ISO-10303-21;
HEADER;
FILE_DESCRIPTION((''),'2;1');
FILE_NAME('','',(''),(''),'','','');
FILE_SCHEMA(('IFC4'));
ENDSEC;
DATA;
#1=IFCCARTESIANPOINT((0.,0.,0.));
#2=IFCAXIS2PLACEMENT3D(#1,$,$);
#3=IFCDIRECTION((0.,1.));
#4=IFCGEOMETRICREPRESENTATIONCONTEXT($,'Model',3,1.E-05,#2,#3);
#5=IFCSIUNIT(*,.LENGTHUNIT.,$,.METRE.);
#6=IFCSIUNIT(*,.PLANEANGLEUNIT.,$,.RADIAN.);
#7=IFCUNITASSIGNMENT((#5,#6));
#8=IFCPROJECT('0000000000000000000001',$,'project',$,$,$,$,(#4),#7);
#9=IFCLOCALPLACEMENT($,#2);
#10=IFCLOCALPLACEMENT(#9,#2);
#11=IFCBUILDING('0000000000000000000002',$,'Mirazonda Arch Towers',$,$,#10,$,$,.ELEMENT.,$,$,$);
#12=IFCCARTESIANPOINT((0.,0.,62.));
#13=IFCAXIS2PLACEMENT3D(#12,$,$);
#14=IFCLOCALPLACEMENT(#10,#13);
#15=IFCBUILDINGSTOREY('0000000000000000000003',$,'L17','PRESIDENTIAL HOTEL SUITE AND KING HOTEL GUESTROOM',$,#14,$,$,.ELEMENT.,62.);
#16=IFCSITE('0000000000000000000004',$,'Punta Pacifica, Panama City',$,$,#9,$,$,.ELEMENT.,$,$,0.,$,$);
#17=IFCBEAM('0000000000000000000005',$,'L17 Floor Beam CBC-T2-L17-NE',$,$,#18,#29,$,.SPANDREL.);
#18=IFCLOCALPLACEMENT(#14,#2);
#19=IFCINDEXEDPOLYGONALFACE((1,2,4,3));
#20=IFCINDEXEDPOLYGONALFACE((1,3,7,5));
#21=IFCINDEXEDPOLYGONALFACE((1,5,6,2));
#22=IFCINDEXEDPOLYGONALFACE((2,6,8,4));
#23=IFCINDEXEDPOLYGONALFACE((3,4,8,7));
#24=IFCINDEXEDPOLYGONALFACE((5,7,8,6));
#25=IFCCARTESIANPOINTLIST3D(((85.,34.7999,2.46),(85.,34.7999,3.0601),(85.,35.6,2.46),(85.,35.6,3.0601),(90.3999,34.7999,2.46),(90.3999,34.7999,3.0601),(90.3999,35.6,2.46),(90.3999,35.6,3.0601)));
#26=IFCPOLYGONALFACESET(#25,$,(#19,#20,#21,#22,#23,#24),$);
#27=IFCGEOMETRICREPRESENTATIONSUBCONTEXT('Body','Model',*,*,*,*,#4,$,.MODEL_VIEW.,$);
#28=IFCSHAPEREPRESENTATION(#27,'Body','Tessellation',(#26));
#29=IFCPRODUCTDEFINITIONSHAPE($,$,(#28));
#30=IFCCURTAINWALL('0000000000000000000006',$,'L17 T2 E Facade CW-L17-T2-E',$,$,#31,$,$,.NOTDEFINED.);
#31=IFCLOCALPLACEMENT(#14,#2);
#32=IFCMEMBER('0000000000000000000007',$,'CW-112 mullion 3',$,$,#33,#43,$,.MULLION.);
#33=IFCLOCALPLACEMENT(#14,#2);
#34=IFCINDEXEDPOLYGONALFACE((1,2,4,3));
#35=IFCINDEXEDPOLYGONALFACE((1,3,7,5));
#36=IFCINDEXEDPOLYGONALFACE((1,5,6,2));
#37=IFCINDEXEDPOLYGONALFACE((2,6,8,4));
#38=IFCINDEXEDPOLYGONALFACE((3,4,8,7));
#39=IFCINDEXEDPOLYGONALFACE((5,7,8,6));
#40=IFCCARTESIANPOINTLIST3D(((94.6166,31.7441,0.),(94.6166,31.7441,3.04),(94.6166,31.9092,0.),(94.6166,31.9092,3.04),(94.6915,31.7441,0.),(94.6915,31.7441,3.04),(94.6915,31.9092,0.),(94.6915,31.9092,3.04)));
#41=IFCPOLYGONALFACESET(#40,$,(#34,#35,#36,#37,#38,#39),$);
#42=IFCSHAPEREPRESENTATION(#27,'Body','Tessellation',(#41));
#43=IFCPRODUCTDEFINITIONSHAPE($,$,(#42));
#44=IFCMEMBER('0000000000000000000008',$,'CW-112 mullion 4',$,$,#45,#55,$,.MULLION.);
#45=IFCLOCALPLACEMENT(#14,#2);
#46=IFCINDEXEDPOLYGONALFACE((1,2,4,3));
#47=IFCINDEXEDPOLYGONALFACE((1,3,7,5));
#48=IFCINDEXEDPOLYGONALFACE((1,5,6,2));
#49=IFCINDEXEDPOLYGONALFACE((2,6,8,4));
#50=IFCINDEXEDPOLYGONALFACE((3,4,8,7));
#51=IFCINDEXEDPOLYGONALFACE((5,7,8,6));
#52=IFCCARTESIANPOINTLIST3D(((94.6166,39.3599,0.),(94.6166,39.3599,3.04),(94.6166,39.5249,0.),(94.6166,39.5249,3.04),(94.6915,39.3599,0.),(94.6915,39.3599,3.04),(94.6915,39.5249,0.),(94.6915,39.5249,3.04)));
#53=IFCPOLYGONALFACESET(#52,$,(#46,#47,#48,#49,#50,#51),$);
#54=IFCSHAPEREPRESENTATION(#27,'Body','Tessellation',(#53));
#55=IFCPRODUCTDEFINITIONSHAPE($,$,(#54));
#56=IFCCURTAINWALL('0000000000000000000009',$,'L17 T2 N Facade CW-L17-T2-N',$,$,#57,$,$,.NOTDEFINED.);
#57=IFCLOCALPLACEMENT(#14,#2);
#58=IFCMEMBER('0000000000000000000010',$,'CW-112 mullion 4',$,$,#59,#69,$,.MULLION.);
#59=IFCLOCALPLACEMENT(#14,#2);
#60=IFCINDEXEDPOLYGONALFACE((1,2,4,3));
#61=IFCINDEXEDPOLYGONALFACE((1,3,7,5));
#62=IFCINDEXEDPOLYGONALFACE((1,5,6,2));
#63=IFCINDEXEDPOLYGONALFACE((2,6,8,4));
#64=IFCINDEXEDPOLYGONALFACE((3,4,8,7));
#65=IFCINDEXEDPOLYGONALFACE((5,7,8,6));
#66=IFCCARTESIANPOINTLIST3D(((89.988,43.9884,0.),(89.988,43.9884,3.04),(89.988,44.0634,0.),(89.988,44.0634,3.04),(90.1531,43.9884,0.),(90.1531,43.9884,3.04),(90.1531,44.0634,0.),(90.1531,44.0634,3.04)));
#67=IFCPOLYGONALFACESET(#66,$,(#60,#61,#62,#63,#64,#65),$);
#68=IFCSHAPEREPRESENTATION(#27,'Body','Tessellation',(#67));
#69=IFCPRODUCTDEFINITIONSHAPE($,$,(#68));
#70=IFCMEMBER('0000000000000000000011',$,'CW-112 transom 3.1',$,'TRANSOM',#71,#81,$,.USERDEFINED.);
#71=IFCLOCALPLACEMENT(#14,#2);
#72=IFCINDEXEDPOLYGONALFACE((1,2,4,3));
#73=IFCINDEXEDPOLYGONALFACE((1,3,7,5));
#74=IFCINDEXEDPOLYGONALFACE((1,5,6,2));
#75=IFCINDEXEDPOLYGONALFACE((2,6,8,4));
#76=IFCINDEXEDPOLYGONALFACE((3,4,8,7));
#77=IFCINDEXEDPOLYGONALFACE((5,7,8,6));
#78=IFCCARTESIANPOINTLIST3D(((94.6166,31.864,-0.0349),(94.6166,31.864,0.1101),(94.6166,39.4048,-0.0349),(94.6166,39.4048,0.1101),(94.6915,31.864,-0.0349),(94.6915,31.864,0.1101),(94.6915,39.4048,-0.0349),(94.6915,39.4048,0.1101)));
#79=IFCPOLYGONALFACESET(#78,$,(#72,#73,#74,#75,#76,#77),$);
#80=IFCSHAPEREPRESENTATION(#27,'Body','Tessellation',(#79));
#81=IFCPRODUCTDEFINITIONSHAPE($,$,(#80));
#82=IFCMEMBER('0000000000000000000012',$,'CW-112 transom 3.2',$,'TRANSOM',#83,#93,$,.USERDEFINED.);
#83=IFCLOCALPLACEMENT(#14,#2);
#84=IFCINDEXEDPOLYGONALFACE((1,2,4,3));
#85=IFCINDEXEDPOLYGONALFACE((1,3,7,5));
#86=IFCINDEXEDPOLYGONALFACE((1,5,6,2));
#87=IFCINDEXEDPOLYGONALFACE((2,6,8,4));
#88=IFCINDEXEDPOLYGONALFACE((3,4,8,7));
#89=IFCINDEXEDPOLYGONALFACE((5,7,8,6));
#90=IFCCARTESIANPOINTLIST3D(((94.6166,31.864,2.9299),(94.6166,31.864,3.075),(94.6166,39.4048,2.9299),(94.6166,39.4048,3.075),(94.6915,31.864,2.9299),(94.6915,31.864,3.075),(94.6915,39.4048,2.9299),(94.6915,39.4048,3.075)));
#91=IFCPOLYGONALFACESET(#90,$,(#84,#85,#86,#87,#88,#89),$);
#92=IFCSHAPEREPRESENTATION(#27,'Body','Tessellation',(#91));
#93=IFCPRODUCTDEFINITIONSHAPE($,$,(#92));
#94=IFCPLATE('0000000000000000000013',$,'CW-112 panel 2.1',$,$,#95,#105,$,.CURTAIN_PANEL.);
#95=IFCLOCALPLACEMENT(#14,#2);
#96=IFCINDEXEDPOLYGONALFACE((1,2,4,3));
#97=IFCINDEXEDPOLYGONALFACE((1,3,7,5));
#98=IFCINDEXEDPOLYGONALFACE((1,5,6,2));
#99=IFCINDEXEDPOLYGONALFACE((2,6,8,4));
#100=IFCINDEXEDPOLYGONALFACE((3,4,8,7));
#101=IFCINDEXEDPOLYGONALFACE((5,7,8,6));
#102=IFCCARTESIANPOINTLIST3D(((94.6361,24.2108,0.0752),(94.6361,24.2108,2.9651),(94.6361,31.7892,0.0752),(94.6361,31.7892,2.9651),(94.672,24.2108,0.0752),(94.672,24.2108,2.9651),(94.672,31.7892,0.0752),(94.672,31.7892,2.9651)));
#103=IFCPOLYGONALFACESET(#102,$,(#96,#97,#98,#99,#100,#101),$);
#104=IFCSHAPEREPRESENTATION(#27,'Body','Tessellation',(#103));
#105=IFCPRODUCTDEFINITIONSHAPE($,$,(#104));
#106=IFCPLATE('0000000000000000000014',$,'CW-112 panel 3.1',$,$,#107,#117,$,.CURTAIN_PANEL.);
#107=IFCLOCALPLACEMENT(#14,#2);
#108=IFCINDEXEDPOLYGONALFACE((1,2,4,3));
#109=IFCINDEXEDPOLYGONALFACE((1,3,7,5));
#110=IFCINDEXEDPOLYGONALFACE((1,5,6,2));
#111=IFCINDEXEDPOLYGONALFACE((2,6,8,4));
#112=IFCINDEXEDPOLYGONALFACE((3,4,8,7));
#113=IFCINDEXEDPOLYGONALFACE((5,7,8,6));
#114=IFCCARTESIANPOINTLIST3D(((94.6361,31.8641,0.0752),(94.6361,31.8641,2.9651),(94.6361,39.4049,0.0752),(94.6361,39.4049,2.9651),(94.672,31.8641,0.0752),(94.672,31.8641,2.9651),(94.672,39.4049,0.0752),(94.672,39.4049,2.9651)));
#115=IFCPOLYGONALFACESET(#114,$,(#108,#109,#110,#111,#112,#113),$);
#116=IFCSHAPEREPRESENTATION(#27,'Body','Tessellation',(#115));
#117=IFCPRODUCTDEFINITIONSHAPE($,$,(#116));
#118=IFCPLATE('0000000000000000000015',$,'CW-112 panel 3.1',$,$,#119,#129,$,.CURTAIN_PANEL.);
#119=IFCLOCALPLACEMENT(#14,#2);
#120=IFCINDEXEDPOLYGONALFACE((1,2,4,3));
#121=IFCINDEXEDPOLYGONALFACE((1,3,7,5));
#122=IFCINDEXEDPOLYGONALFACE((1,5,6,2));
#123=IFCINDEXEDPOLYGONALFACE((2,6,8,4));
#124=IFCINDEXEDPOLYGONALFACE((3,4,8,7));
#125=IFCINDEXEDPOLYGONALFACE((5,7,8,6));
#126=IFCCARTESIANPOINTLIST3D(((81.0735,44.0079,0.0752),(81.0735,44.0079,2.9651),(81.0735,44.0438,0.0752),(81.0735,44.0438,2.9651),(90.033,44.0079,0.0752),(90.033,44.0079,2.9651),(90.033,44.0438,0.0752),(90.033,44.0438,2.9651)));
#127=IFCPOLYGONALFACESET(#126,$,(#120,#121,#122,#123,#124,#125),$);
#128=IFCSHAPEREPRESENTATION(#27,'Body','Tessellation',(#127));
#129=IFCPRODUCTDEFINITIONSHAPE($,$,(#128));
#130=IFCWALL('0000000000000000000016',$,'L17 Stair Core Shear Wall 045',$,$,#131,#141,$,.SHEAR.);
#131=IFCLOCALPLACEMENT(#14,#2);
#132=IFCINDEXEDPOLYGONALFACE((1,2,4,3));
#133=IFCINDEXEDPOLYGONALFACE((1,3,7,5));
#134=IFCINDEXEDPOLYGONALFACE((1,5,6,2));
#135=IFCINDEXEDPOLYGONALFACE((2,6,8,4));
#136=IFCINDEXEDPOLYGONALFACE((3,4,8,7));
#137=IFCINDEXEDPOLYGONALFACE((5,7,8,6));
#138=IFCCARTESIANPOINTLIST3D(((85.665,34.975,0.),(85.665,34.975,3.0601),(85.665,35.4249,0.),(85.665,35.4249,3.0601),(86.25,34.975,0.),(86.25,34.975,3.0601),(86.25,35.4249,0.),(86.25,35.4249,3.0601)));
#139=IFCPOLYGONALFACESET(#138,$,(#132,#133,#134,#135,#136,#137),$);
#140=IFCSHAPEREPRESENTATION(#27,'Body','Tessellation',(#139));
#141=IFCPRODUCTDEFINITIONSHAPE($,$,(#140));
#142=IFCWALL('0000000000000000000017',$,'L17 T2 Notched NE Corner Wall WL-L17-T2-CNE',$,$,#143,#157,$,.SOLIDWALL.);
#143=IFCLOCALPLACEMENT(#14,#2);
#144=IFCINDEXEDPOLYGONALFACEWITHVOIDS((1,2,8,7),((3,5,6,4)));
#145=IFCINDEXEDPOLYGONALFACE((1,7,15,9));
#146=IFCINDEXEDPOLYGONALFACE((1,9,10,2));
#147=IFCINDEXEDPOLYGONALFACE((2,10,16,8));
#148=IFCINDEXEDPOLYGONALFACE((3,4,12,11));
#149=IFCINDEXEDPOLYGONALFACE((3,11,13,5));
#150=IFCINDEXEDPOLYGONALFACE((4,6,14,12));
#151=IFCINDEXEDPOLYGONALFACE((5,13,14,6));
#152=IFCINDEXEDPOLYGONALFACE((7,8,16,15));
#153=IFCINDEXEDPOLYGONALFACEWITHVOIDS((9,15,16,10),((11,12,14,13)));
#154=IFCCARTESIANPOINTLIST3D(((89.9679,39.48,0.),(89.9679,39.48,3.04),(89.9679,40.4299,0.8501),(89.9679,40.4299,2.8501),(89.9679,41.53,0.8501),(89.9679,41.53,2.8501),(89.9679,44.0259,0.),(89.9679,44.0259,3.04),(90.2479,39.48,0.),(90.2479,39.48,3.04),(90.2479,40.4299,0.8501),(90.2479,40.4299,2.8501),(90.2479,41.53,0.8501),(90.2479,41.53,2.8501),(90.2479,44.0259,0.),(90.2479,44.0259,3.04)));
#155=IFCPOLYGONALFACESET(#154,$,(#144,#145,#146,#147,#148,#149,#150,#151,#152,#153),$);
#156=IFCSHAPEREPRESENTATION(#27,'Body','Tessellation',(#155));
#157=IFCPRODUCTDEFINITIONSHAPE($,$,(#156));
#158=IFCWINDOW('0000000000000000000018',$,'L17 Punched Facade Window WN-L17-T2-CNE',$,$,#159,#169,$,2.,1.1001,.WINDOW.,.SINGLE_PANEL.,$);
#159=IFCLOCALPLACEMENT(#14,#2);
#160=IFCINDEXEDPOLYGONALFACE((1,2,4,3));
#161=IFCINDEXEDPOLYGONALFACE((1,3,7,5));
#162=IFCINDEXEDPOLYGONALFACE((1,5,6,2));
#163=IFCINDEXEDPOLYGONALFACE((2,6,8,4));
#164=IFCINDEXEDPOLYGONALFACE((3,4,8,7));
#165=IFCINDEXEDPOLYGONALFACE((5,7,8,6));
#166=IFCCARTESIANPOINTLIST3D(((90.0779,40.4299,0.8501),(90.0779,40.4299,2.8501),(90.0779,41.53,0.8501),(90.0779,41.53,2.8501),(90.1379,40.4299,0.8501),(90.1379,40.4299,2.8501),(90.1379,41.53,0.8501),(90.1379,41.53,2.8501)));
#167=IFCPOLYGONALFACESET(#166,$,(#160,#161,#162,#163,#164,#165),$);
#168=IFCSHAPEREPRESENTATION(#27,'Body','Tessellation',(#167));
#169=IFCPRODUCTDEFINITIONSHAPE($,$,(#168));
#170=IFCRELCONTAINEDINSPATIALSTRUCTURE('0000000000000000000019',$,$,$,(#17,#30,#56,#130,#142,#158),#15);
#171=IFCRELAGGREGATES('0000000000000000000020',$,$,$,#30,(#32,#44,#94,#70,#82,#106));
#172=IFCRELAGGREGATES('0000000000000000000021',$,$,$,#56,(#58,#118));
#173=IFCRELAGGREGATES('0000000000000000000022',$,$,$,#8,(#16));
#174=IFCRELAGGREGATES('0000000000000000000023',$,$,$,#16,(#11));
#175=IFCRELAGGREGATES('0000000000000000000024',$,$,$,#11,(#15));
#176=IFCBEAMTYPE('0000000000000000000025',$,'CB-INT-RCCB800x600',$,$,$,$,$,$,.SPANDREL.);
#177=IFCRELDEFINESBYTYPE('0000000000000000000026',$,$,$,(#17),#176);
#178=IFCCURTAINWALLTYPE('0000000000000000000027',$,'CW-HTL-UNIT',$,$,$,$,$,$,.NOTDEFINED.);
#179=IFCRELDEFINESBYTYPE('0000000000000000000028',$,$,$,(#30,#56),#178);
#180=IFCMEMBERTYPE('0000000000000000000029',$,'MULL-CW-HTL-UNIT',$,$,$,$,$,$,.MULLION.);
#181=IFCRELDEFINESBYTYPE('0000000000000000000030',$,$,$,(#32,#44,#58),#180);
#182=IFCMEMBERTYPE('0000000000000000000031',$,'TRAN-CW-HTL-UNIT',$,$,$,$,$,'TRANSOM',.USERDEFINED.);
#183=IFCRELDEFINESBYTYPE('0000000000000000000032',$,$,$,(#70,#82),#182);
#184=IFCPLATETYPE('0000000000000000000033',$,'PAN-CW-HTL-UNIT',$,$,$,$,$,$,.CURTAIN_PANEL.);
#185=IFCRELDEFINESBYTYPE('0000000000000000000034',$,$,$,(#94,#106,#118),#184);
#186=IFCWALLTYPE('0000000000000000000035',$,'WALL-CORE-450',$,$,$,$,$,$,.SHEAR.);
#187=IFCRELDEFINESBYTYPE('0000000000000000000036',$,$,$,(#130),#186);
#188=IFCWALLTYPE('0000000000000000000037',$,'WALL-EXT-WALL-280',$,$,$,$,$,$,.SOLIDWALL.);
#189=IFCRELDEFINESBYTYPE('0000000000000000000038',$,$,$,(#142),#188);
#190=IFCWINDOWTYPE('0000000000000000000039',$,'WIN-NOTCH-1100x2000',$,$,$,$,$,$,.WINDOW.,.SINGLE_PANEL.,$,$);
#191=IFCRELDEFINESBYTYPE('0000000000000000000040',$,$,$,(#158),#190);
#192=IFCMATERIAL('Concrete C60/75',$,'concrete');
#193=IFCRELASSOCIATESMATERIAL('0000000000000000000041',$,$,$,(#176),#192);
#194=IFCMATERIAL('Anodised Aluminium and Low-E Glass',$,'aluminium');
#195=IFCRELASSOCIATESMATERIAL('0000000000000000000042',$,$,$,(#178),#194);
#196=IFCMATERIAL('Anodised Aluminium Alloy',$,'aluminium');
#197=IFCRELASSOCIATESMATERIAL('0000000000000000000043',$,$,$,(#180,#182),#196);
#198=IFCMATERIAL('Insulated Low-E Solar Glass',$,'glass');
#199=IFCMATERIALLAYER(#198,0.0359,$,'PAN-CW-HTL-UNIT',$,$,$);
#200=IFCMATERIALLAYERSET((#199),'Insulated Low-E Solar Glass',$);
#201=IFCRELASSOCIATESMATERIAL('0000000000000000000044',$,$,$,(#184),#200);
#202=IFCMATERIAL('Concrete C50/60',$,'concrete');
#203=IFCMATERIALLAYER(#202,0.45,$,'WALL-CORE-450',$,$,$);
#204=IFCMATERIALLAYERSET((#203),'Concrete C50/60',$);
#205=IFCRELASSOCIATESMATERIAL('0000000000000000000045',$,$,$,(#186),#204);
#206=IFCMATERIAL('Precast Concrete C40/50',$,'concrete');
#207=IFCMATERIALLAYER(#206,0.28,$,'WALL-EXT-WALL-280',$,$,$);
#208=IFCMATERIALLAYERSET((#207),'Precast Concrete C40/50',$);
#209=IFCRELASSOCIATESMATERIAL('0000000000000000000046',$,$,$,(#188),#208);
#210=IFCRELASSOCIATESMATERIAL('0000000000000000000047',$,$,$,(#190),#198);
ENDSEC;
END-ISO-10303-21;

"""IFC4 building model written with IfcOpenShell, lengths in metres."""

from ifc_helpers import new_model, si_unit, direction, frame, frame_2d, origin, origin_2d, place, context, subcontext, project, spatial, rectangle, extrude, material, layer, layer_set, material_profile, profile_set, type_object, element, fill, aggregate, save


model = new_model("IFC4")

# Units and contexts
model_context = context("Model", 3, precision=1e-05, world=origin(), true_north=direction((0.0, 1.0)))
body_context = subcontext(model_context, "Body", "Model", "MODEL_VIEW")
ifc_project = project(units=[si_unit("LENGTHUNIT", "METRE"), si_unit("PLANEANGLEUNIT", "RADIAN")], contexts=[model_context])

# Site, building, storey
site_placement = place(None, origin())
site = spatial("IfcSite", under=ifc_project, at=site_placement, Name="Punta Pacifica, Panama City", CompositionType="ELEMENT", RefElevation=0.0)
building_placement = place(site_placement, origin())
building = spatial("IfcBuilding", under=site, at=building_placement, Name="Mirazonda Arch Towers", CompositionType="ELEMENT")
storey_placement = place(building_placement, frame((0.0, 0.0, 62.0)))
storey = spatial("IfcBuildingStorey", under=building, at=storey_placement, Name="L17", Description="PRESIDENTIAL HOTEL SUITE AND KING HOTEL GUESTROOM", CompositionType="ELEMENT", Elevation=62.0)

# Shared definitions
ifc_material_1 = material(Name="Concrete C60/75", Category="concrete")

# Beam
ifc_material_profile_1 = material_profile(ifc_material_1, rectangle(XDim=0.8, YDim=0.6001, at=origin_2d()), Name="RCCB800x600")
ifc_profile_set_1 = profile_set([ifc_material_profile_1], Name="Concrete C60/75")
beam_type_1 = type_object("IfcBeamType", Name="CB-INT-RCCB800x600", PredefinedType="SPANDREL", material=ifc_profile_set_1)
beam_1_placement = place(storey_placement, frame((85.0, 35.2, 2.76), z_axis=(1.0, 0.0, 0.0), x_axis=(0.0, 1.0, 0.0)))
element("IfcBeam", 1, at=beam_1_placement, inside=storey, type_object=beam_type_1, Name="L17 Floor Beam CBC-T2-L17-NE", PredefinedType="SPANDREL", context=body_context, shape_type="SweptSolid", body=[
    extrude(rectangle(XDim=0.8, YDim=0.6001, at=origin_2d()), origin(), (0.0, 0.0, 1.0), 5.3999),
])

# Curtain wall, members
ifc_material_2 = material(Name="Anodised Aluminium and Low-E Glass", Category="aluminium")
curtain_wall_type = type_object("IfcCurtainWallType", Name="CW-HTL-UNIT", PredefinedType="NOTDEFINED", material=ifc_material_2)
curtain_wall_1_placement = place(storey_placement, origin())
curtain_wall_1 = element("IfcCurtainWall", 2, at=curtain_wall_1_placement, inside=storey, type_object=curtain_wall_type, Name="L17 T2 E Facade CW-L17-T2-E", PredefinedType="NOTDEFINED")
ifc_material_3 = material(Name="Anodised Aluminium Alloy", Category="aluminium")
ifc_material_profile_2 = material_profile(ifc_material_3, rectangle(XDim=0.075, YDim=0.165, at=origin_2d()), Name="ALU-MULL-75x165")
ifc_profile_set_2 = profile_set([ifc_material_profile_2], Name="Anodised Aluminium Alloy")
member_type_1 = type_object("IfcMemberType", Name="MULL-CW-HTL-UNIT", PredefinedType="MULLION", material=ifc_profile_set_2)
member_1_placement = place(storey_placement, frame((94.6541, 31.8267, 0.0), z_axis=(0.0, 0.0, 1.0), x_axis=(-1.0, 0.0, 0.0)))
member_1 = element("IfcMember", 3, at=member_1_placement, type_object=member_type_1, Name="CW-112 mullion 3", PredefinedType="MULLION", context=body_context, shape_type="SweptSolid", body=[
    extrude(rectangle(XDim=0.075, YDim=0.165, at=origin_2d()), origin(), (0.0, 0.0, 1.0), 3.04),
])
member_2_placement = place(storey_placement, frame((94.6541, 39.4424, 0.0), z_axis=(0.0, 0.0, 1.0), x_axis=(-1.0, 0.0, 0.0)))
member_2 = element("IfcMember", 4, at=member_2_placement, type_object=member_type_1, Name="CW-112 mullion 4", PredefinedType="MULLION", context=body_context, shape_type="SweptSolid", body=[
    extrude(rectangle(XDim=0.075, YDim=0.165, at=origin_2d()), origin(), (0.0, 0.0, 1.0), 3.04),
])

# Curtain wall, member
curtain_wall_2_placement = place(storey_placement, origin())
curtain_wall_2 = element("IfcCurtainWall", 5, at=curtain_wall_2_placement, inside=storey, type_object=curtain_wall_type, Name="L17 T2 N Facade CW-L17-T2-N", PredefinedType="NOTDEFINED")
member_3_placement = place(storey_placement, frame((90.0706, 44.0259, 0.0), z_axis=(0.0, 0.0, 1.0), x_axis=(0.0, 1.0, 0.0)))
member_3 = element("IfcMember", 6, at=member_3_placement, type_object=member_type_1, Name="CW-112 mullion 4", PredefinedType="MULLION", context=body_context, shape_type="SweptSolid", body=[
    extrude(rectangle(XDim=0.075, YDim=0.165, at=origin_2d()), origin(), (0.0, 0.0, 1.0), 3.04),
])

# Members
ifc_material_profile_3 = material_profile(ifc_material_3, rectangle(XDim=0.075, YDim=0.145, at=origin_2d()), Name="ALU-TRAN-75x145")
ifc_profile_set_3 = profile_set([ifc_material_profile_3], Name="Anodised Aluminium Alloy")
member_type_2 = type_object("IfcMemberType", Name="TRAN-CW-HTL-UNIT", ElementType="TRANSOM", PredefinedType="USERDEFINED", material=ifc_profile_set_3)
member_4_placement = place(storey_placement, frame((94.6541, 31.864, 0.0376), z_axis=(0.0, 1.0, 0.0), x_axis=(-1.0, 0.0, 0.0)))
member_4 = element("IfcMember", 7, at=member_4_placement, type_object=member_type_2, Name="CW-112 transom 3.1", ObjectType="TRANSOM", PredefinedType="USERDEFINED", context=body_context, shape_type="SweptSolid", body=[
    extrude(rectangle(XDim=0.075, YDim=0.145, at=origin_2d()), origin(), (0.0, 0.0, 1.0), 7.5408),
])
member_5_placement = place(storey_placement, frame((94.6541, 31.864, 3.0024), z_axis=(0.0, 1.0, 0.0), x_axis=(-1.0, 0.0, 0.0)))
member_5 = element("IfcMember", 8, at=member_5_placement, type_object=member_type_2, Name="CW-112 transom 3.2", ObjectType="TRANSOM", PredefinedType="USERDEFINED", context=body_context, shape_type="SweptSolid", body=[
    extrude(rectangle(XDim=0.075, YDim=0.145, at=origin_2d()), origin(), (0.0, 0.0, 1.0), 7.5408),
])

# Plates
ifc_material_4 = material(Name="Insulated Low-E Solar Glass", Category="glass")
ifc_layer_1 = layer(ifc_material_4, 0.0359, Name="PAN-CW-HTL-UNIT")
ifc_layer_set_1 = layer_set([ifc_layer_1], Name="Insulated Low-E Solar Glass")
plate_type = type_object("IfcPlateType", Name="PAN-CW-HTL-UNIT", PredefinedType="CURTAIN_PANEL", material=ifc_layer_set_1)
plate_1_placement = place(storey_placement, frame((94.6541, 28.0, 0.0752), z_axis=(0.0, 0.0, 1.0), x_axis=(0.0, 1.0, 0.0)))
plate_1 = element("IfcPlate", 9, at=plate_1_placement, type_object=plate_type, Name="CW-112 panel 2.1", PredefinedType="CURTAIN_PANEL", context=body_context, shape_type="SweptSolid", body=[
    extrude(rectangle(XDim=7.5784, YDim=0.0359, at=origin_2d()), origin(), (0.0, 0.0, 1.0), 2.8899),
])
plate_2_placement = place(storey_placement, frame((94.6541, 35.6345, 0.0752), z_axis=(0.0, 0.0, 1.0), x_axis=(0.0, 1.0, 0.0)))
plate_2 = element("IfcPlate", 10, at=plate_2_placement, type_object=plate_type, Name="CW-112 panel 3.1", PredefinedType="CURTAIN_PANEL", context=body_context, shape_type="SweptSolid", body=[
    extrude(rectangle(XDim=7.5408, YDim=0.0359, at=origin_2d()), origin(), (0.0, 0.0, 1.0), 2.8899),
])
aggregate(curtain_wall_1, [member_1, member_2, plate_1, member_4, member_5, plate_2])
plate_3_placement = place(storey_placement, frame((85.5532, 44.0259, 0.0752), z_axis=(0.0, 0.0, 1.0), x_axis=(1.0, 0.0, 0.0)))
plate_3 = element("IfcPlate", 11, at=plate_3_placement, type_object=plate_type, Name="CW-112 panel 3.1", PredefinedType="CURTAIN_PANEL", context=body_context, shape_type="SweptSolid", body=[
    extrude(rectangle(XDim=8.9595, YDim=0.0359, at=origin_2d()), origin(), (0.0, 0.0, 1.0), 2.8899),
])
aggregate(curtain_wall_2, [member_3, plate_3])

# Wall
ifc_material_5 = material(Name="Concrete C50/60", Category="concrete")
ifc_layer_2 = layer(ifc_material_5, 0.45, Name="WALL-CORE-450")
ifc_layer_set_2 = layer_set([ifc_layer_2], Name="Concrete C50/60")
wall_type_1 = type_object("IfcWallType", Name="WALL-CORE-450", PredefinedType="SHEAR", material=ifc_layer_set_2)
wall_1_placement = place(storey_placement, frame((85.665, 35.2, 0.0), z_axis=(0.0, 0.0, 1.0), x_axis=(1.0, 0.0, 0.0)))
element("IfcWall", 12, at=wall_1_placement, inside=storey, type_object=wall_type_1, Name="L17 Stair Core Shear Wall 045", PredefinedType="SHEAR", context=body_context, shape_type="SweptSolid", body=[
    extrude(rectangle(XDim=0.585, YDim=0.45, at=frame_2d((0.2925, 0.0))), origin(), (0.0, 0.0, 1.0), 3.0601),
])

# Wall, opening, window
ifc_material_6 = material(Name="Precast Concrete C40/50", Category="concrete")
ifc_layer_3 = layer(ifc_material_6, 0.28, Name="WALL-EXT-WALL-280")
ifc_layer_set_3 = layer_set([ifc_layer_3], Name="Precast Concrete C40/50")
wall_type_2 = type_object("IfcWallType", Name="WALL-EXT-WALL-280", PredefinedType="SOLIDWALL", material=ifc_layer_set_3)
wall_2_placement = place(storey_placement, frame((90.1079, 39.48, 0.0), z_axis=(0.0, 0.0, 1.0), x_axis=(0.0, 1.0, 0.0)))
wall_2 = element("IfcWall", 13, at=wall_2_placement, inside=storey, type_object=wall_type_2, Name="L17 T2 Notched NE Corner Wall WL-L17-T2-CNE", PredefinedType="SOLIDWALL", context=body_context, shape_type="SweptSolid", body=[
    extrude(rectangle(XDim=4.5459, YDim=0.28, at=frame_2d((2.2729, 0.0))), origin(), (0.0, 0.0, 1.0), 3.04),
])
opening_1_placement = place(wall_2_placement, frame((0.95, 0.0, 0.8501)))
opening_1 = element("IfcOpeningElement", 14, at=opening_1_placement, cuts=wall_2, PredefinedType="OPENING", context=body_context, shape_type="SweptSolid", body=[
    extrude(rectangle(XDim=1.1001, YDim=2.0, at=frame_2d((0.55, 1.0))), frame((0.0, 0.1499, 0.0), z_axis=(0.0, -1.0, 0.0), x_axis=(1.0, 0.0, 0.0)), (0.0, 0.0, 1.0), 0.3),
])
window_type = type_object("IfcWindowType", Name="WIN-NOTCH-1100x2000", PartitioningType="SINGLE_PANEL", PredefinedType="WINDOW", material=ifc_material_4)
window_1_placement = place(opening_1_placement, origin())
window_1 = element("IfcWindow", 15, at=window_1_placement, inside=storey, type_object=window_type, Name="L17 Punched Facade Window WN-L17-T2-CNE", OverallHeight=2.0, OverallWidth=1.1001, PartitioningType="SINGLE_PANEL", PredefinedType="WINDOW", context=body_context, shape_type="SweptSolid", body=[
    extrude(rectangle(XDim=1.1001, YDim=2.0, at=frame_2d((0.55, 1.0))), frame((0.0, 0.03, 0.0), z_axis=(0.0, -1.0, 0.0), x_axis=(1.0, 0.0, 0.0)), (0.0, 0.0, 1.0), 0.0601),
])
fill(opening_1, window_1)

save(model, "model.ifc")
